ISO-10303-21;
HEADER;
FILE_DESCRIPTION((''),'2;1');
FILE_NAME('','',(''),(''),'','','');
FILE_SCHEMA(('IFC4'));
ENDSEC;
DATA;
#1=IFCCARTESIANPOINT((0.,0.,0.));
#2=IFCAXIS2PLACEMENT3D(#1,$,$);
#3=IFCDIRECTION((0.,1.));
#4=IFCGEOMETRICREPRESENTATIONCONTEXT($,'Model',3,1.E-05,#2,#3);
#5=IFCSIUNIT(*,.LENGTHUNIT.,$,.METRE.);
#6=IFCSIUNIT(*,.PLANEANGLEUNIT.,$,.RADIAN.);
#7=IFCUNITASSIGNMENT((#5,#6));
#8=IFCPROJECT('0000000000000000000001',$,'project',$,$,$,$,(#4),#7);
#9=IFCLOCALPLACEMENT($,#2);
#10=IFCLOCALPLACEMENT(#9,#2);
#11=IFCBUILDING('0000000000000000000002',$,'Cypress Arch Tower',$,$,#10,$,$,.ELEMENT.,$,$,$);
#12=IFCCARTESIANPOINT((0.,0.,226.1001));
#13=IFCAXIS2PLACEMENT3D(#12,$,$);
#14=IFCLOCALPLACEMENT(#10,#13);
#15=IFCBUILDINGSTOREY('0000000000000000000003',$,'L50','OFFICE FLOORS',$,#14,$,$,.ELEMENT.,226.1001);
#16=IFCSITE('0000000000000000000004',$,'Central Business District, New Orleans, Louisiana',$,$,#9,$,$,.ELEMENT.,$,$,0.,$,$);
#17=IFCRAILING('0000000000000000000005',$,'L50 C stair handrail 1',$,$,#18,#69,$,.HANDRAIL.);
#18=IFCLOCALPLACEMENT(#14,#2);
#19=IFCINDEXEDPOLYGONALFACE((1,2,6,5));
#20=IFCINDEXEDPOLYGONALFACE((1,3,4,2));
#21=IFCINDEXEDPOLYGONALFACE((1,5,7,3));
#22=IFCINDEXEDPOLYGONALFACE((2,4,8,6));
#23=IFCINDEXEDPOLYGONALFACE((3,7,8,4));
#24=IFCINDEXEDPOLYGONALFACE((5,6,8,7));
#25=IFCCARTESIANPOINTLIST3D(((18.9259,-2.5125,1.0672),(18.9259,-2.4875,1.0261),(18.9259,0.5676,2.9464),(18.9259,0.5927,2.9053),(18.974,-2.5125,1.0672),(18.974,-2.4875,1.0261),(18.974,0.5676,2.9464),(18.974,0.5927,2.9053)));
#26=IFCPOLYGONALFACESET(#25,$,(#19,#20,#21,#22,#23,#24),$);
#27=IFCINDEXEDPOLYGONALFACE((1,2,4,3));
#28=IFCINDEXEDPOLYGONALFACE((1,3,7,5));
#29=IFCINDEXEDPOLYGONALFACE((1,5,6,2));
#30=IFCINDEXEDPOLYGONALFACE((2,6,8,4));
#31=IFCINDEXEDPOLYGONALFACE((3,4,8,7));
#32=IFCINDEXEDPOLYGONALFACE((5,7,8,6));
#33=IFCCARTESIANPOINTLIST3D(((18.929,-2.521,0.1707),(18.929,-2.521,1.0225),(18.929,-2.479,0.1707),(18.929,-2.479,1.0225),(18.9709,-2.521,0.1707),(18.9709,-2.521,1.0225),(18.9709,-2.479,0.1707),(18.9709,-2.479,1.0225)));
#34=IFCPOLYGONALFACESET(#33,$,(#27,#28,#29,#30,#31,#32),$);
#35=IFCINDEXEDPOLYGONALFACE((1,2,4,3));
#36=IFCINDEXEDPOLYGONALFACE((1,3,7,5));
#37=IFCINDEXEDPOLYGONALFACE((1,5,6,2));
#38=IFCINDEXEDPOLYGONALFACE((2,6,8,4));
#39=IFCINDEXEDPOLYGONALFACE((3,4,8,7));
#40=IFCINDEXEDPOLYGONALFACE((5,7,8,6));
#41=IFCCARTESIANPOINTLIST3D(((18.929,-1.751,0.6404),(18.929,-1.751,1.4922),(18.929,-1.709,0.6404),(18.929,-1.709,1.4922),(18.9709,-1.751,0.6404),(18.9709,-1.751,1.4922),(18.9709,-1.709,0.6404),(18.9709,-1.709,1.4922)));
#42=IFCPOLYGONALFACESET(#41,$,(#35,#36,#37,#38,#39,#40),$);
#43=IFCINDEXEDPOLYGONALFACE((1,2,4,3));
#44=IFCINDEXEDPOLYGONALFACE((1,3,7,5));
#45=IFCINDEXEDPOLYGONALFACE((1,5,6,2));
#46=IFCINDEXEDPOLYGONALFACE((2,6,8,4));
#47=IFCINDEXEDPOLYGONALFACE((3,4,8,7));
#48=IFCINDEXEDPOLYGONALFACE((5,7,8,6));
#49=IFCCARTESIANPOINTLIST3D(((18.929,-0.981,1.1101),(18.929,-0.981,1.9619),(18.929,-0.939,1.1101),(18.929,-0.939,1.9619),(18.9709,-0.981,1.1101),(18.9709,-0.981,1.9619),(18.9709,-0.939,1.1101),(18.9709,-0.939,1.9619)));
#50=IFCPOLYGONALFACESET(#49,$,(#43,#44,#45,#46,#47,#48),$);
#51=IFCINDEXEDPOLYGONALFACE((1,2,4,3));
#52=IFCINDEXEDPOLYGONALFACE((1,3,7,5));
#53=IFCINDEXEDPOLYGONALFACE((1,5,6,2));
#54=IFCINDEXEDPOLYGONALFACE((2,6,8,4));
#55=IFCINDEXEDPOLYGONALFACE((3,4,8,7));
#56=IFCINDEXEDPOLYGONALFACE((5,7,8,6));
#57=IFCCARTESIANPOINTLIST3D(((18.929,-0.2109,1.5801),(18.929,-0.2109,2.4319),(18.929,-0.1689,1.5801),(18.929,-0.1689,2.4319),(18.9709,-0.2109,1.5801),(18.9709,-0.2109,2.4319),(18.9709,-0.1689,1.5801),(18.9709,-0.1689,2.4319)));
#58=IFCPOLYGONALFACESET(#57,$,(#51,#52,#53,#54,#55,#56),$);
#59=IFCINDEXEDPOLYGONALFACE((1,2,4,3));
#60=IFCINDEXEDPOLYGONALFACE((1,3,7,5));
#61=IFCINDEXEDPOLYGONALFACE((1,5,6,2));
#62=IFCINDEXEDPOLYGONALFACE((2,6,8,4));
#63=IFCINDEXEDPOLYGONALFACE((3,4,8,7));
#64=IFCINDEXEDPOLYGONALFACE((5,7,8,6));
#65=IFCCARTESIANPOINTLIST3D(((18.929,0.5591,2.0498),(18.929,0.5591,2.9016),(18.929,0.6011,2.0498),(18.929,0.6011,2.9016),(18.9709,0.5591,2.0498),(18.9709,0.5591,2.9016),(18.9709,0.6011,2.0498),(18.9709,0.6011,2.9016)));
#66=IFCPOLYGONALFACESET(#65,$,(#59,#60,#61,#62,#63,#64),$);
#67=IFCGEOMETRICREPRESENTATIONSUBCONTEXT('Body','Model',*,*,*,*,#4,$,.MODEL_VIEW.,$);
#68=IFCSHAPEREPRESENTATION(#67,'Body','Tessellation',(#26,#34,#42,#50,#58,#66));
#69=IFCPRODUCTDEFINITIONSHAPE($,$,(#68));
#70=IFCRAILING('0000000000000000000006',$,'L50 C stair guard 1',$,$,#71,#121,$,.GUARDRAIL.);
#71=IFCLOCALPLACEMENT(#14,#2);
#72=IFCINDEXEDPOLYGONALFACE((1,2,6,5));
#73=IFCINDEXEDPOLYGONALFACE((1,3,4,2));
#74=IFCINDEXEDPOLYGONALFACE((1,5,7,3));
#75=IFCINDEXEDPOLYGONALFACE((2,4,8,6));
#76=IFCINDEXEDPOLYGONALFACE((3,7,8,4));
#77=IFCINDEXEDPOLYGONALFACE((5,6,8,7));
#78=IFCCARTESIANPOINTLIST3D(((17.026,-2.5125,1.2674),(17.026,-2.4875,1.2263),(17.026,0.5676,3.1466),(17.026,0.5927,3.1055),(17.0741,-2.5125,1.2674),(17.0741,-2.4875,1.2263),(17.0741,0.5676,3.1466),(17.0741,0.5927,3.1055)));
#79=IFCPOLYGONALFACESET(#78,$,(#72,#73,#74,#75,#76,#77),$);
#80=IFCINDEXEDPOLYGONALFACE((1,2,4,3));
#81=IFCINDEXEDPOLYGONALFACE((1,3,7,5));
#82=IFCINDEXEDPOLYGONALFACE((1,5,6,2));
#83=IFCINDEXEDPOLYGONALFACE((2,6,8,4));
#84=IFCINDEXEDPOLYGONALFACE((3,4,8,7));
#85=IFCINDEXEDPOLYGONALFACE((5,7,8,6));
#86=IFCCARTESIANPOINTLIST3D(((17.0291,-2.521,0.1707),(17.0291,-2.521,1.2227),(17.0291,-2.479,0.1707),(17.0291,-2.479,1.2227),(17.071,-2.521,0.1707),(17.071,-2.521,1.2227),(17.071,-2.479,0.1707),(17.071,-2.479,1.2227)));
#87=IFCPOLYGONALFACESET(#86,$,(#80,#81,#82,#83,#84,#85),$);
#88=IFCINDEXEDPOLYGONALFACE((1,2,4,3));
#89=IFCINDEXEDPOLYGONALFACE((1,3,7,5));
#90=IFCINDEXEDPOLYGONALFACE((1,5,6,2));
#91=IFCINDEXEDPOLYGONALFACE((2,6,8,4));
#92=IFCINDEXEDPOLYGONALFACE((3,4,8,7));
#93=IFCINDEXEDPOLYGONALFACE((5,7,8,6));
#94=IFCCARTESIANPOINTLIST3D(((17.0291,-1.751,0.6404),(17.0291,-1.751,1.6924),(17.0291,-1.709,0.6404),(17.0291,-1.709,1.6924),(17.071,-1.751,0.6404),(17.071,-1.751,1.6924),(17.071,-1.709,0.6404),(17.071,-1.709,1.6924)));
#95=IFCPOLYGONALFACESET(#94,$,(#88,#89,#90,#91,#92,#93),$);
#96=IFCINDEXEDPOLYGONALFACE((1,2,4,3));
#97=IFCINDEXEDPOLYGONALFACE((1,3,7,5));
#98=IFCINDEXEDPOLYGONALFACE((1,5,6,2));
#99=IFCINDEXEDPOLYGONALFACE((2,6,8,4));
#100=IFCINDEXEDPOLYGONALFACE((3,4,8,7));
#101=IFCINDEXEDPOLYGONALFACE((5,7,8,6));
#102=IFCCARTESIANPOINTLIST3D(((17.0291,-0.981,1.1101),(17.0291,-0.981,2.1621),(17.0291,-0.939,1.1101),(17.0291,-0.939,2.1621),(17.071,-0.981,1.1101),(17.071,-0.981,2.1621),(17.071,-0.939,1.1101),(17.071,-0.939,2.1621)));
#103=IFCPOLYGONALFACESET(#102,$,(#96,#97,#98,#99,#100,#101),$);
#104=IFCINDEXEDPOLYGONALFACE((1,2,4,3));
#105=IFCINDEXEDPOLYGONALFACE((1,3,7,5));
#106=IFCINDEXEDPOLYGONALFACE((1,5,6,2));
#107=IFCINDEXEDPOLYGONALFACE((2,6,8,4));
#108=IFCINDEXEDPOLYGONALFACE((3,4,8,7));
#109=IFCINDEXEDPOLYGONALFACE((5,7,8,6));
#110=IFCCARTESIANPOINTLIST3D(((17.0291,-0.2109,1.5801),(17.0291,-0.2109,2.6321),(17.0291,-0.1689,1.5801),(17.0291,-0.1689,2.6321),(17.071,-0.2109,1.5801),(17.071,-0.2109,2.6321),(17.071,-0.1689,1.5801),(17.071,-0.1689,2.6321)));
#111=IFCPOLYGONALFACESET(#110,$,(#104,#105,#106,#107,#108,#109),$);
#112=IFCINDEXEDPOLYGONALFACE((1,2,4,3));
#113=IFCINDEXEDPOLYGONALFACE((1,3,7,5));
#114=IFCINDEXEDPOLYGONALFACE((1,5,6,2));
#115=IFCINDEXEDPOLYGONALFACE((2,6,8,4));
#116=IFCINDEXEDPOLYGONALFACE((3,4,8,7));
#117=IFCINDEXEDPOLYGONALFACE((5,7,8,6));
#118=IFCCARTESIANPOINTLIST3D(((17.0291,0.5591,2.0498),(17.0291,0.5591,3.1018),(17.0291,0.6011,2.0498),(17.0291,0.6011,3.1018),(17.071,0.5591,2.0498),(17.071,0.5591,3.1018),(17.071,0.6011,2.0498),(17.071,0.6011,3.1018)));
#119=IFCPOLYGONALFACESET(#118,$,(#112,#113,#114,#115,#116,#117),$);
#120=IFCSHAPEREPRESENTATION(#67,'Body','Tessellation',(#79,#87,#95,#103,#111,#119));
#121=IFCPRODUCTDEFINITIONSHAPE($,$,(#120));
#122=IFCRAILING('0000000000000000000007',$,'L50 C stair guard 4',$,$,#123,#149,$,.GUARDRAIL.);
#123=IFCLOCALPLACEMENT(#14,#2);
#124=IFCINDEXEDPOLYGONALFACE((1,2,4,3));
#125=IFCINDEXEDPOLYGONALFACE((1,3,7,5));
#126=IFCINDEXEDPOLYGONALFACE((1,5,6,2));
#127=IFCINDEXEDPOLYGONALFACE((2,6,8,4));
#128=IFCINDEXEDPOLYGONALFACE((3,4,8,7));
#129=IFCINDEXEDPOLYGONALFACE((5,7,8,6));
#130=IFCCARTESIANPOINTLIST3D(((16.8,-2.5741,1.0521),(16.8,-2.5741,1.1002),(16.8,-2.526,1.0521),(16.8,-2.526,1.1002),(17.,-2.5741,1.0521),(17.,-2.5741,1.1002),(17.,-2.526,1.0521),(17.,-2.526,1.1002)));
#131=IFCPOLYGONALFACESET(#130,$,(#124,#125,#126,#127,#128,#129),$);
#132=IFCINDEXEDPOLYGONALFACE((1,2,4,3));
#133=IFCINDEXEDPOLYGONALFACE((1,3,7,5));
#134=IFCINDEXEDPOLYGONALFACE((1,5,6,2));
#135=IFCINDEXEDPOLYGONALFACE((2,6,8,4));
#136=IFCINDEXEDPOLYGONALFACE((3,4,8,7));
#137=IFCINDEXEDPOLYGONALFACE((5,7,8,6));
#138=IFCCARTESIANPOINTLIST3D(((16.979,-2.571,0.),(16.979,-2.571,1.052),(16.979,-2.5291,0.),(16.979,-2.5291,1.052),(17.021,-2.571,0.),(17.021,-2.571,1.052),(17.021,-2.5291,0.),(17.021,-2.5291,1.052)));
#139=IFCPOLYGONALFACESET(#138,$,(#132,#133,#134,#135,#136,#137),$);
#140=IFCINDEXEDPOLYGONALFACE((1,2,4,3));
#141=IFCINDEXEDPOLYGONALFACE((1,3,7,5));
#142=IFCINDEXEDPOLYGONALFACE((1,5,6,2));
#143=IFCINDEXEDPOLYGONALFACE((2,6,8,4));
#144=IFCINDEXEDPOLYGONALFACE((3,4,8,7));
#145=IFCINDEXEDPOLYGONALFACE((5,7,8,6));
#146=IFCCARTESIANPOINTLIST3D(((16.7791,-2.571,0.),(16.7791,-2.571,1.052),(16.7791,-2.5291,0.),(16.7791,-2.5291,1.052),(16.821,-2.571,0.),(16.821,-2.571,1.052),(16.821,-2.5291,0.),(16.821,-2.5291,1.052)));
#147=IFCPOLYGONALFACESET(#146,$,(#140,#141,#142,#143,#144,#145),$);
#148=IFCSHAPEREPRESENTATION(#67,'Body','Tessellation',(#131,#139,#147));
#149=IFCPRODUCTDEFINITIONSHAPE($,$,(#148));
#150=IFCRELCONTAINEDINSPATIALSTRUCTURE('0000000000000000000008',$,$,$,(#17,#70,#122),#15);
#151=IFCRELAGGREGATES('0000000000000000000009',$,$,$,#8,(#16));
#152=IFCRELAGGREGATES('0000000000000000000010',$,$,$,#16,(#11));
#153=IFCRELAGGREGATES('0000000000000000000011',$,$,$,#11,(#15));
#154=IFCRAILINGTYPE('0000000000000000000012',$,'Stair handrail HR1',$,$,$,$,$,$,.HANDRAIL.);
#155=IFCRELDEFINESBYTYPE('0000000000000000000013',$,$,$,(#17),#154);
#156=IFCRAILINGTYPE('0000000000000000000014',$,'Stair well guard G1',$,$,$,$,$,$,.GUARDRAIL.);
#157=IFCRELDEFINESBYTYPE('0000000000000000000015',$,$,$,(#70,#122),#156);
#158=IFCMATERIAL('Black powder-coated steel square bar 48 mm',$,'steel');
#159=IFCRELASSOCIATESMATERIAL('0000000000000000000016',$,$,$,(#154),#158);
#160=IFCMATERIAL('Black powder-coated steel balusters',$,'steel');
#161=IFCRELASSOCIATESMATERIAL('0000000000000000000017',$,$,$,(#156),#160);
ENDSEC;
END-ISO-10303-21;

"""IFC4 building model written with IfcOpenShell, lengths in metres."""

from ifc_helpers import new_model, si_unit, direction, frame, origin, origin_2d, place, context, subcontext, project, spatial, rectangle, extrude, material, type_object, element, save


model = new_model("IFC4")

# Units and contexts
model_context = context("Model", 3, precision=1e-05, world=origin(), true_north=direction((0.0, 1.0)))
body_context = subcontext(model_context, "Body", "Model", "MODEL_VIEW")
ifc_project = project(units=[si_unit("LENGTHUNIT", "METRE"), si_unit("PLANEANGLEUNIT", "RADIAN")], contexts=[model_context])

# Site, building, storey
site_placement = place(None, origin())
site = spatial("IfcSite", under=ifc_project, at=site_placement, Name="Central Business District, New Orleans, Louisiana", CompositionType="ELEMENT", RefElevation=0.0)
building_placement = place(site_placement, origin())
building = spatial("IfcBuilding", under=site, at=building_placement, Name="Cypress Arch Tower", CompositionType="ELEMENT")
storey_placement = place(building_placement, frame((0.0, 0.0, 226.1001)))
storey = spatial("IfcBuildingStorey", under=building, at=storey_placement, Name="L50", Description="OFFICE FLOORS", CompositionType="ELEMENT", Elevation=226.1001)

# Railings
ifc_material_1 = material(Name="Black powder-coated steel square bar 48 mm", Category="steel")
railing_type_1 = type_object("IfcRailingType", Name="Stair handrail HR1", PredefinedType="HANDRAIL", material=ifc_material_1)
railing_1_placement = place(storey_placement, frame((18.95, -2.5, 0.1707)))
element("IfcRailing", 1, at=railing_1_placement, inside=storey, type_object=railing_type_1, Name="L50 C stair handrail 1", PredefinedType="HANDRAIL", context=body_context, shape_type="SweptSolid", body=[
    extrude(rectangle(XDim=0.0481, YDim=0.0481, at=origin_2d()), frame((0.0, 0.0, 0.876), z_axis=(0.0, 0.853666, 0.52082), x_axis=(-1.0, 0.0, 0.0)), (0.0, 0.0, 1.0), 3.6082),
    extrude(rectangle(XDim=0.042, YDim=0.042, at=origin_2d()), origin(), (0.0, 0.0, 1.0), 0.8518),
    extrude(rectangle(XDim=0.042, YDim=0.042, at=origin_2d()), frame((0.0, 0.77, 0.4697)), (0.0, 0.0, 1.0), 0.8518),
    extrude(rectangle(XDim=0.042, YDim=0.042, at=origin_2d()), frame((0.0, 1.54, 0.9395)), (0.0, 0.0, 1.0), 0.8518),
    extrude(rectangle(XDim=0.042, YDim=0.042, at=origin_2d()), frame((0.0, 2.3101, 1.4094)), (0.0, 0.0, 1.0), 0.8518),
    extrude(rectangle(XDim=0.042, YDim=0.042, at=origin_2d()), frame((0.0, 3.0801, 1.8792)), (0.0, 0.0, 1.0), 0.8518),
])
ifc_material_2 = material(Name="Black powder-coated steel balusters", Category="steel")
railing_type_2 = type_object("IfcRailingType", Name="Stair well guard G1", PredefinedType="GUARDRAIL", material=ifc_material_2)
railing_2_placement = place(storey_placement, frame((17.05, -2.5, 0.1707)))
element("IfcRailing", 2, at=railing_2_placement, inside=storey, type_object=railing_type_2, Name="L50 C stair guard 1", PredefinedType="GUARDRAIL", context=body_context, shape_type="SweptSolid", body=[
    extrude(rectangle(XDim=0.0481, YDim=0.0481, at=origin_2d()), frame((0.0, 0.0, 1.0762), z_axis=(0.0, 0.853666, 0.52082), x_axis=(-1.0, 0.0, 0.0)), (0.0, 0.0, 1.0), 3.6082),
    extrude(rectangle(XDim=0.042, YDim=0.042, at=origin_2d()), origin(), (0.0, 0.0, 1.0), 1.052),
    extrude(rectangle(XDim=0.042, YDim=0.042, at=origin_2d()), frame((0.0, 0.77, 0.4697)), (0.0, 0.0, 1.0), 1.052),
    extrude(rectangle(XDim=0.042, YDim=0.042, at=origin_2d()), frame((0.0, 1.54, 0.9395)), (0.0, 0.0, 1.0), 1.052),
    extrude(rectangle(XDim=0.042, YDim=0.042, at=origin_2d()), frame((0.0, 2.3101, 1.4094)), (0.0, 0.0, 1.0), 1.052),
    extrude(rectangle(XDim=0.042, YDim=0.042, at=origin_2d()), frame((0.0, 3.0801, 1.8792)), (0.0, 0.0, 1.0), 1.052),
])
railing_3_placement = place(storey_placement, frame((17.0, -2.55, 0.0)))
element("IfcRailing", 3, at=railing_3_placement, inside=storey, type_object=railing_type_2, Name="L50 C stair guard 4", PredefinedType="GUARDRAIL", context=body_context, shape_type="SweptSolid", body=[
    extrude(rectangle(XDim=0.0481, YDim=0.0481, at=origin_2d()), frame((0.0, 0.0, 1.0762), z_axis=(-1.0, 0.0, 0.0), x_axis=(0.0, -1.0, 0.0)), (0.0, 0.0, 1.0), 0.2),
    extrude(rectangle(XDim=0.042, YDim=0.042, at=origin_2d()), origin(), (0.0, 0.0, 1.0), 1.052),
    extrude(rectangle(XDim=0.042, YDim=0.042, at=origin_2d()), frame((-0.2, 0.0, 0.0)), (0.0, 0.0, 1.0), 1.052),
])

save(model, "model.ifc")
